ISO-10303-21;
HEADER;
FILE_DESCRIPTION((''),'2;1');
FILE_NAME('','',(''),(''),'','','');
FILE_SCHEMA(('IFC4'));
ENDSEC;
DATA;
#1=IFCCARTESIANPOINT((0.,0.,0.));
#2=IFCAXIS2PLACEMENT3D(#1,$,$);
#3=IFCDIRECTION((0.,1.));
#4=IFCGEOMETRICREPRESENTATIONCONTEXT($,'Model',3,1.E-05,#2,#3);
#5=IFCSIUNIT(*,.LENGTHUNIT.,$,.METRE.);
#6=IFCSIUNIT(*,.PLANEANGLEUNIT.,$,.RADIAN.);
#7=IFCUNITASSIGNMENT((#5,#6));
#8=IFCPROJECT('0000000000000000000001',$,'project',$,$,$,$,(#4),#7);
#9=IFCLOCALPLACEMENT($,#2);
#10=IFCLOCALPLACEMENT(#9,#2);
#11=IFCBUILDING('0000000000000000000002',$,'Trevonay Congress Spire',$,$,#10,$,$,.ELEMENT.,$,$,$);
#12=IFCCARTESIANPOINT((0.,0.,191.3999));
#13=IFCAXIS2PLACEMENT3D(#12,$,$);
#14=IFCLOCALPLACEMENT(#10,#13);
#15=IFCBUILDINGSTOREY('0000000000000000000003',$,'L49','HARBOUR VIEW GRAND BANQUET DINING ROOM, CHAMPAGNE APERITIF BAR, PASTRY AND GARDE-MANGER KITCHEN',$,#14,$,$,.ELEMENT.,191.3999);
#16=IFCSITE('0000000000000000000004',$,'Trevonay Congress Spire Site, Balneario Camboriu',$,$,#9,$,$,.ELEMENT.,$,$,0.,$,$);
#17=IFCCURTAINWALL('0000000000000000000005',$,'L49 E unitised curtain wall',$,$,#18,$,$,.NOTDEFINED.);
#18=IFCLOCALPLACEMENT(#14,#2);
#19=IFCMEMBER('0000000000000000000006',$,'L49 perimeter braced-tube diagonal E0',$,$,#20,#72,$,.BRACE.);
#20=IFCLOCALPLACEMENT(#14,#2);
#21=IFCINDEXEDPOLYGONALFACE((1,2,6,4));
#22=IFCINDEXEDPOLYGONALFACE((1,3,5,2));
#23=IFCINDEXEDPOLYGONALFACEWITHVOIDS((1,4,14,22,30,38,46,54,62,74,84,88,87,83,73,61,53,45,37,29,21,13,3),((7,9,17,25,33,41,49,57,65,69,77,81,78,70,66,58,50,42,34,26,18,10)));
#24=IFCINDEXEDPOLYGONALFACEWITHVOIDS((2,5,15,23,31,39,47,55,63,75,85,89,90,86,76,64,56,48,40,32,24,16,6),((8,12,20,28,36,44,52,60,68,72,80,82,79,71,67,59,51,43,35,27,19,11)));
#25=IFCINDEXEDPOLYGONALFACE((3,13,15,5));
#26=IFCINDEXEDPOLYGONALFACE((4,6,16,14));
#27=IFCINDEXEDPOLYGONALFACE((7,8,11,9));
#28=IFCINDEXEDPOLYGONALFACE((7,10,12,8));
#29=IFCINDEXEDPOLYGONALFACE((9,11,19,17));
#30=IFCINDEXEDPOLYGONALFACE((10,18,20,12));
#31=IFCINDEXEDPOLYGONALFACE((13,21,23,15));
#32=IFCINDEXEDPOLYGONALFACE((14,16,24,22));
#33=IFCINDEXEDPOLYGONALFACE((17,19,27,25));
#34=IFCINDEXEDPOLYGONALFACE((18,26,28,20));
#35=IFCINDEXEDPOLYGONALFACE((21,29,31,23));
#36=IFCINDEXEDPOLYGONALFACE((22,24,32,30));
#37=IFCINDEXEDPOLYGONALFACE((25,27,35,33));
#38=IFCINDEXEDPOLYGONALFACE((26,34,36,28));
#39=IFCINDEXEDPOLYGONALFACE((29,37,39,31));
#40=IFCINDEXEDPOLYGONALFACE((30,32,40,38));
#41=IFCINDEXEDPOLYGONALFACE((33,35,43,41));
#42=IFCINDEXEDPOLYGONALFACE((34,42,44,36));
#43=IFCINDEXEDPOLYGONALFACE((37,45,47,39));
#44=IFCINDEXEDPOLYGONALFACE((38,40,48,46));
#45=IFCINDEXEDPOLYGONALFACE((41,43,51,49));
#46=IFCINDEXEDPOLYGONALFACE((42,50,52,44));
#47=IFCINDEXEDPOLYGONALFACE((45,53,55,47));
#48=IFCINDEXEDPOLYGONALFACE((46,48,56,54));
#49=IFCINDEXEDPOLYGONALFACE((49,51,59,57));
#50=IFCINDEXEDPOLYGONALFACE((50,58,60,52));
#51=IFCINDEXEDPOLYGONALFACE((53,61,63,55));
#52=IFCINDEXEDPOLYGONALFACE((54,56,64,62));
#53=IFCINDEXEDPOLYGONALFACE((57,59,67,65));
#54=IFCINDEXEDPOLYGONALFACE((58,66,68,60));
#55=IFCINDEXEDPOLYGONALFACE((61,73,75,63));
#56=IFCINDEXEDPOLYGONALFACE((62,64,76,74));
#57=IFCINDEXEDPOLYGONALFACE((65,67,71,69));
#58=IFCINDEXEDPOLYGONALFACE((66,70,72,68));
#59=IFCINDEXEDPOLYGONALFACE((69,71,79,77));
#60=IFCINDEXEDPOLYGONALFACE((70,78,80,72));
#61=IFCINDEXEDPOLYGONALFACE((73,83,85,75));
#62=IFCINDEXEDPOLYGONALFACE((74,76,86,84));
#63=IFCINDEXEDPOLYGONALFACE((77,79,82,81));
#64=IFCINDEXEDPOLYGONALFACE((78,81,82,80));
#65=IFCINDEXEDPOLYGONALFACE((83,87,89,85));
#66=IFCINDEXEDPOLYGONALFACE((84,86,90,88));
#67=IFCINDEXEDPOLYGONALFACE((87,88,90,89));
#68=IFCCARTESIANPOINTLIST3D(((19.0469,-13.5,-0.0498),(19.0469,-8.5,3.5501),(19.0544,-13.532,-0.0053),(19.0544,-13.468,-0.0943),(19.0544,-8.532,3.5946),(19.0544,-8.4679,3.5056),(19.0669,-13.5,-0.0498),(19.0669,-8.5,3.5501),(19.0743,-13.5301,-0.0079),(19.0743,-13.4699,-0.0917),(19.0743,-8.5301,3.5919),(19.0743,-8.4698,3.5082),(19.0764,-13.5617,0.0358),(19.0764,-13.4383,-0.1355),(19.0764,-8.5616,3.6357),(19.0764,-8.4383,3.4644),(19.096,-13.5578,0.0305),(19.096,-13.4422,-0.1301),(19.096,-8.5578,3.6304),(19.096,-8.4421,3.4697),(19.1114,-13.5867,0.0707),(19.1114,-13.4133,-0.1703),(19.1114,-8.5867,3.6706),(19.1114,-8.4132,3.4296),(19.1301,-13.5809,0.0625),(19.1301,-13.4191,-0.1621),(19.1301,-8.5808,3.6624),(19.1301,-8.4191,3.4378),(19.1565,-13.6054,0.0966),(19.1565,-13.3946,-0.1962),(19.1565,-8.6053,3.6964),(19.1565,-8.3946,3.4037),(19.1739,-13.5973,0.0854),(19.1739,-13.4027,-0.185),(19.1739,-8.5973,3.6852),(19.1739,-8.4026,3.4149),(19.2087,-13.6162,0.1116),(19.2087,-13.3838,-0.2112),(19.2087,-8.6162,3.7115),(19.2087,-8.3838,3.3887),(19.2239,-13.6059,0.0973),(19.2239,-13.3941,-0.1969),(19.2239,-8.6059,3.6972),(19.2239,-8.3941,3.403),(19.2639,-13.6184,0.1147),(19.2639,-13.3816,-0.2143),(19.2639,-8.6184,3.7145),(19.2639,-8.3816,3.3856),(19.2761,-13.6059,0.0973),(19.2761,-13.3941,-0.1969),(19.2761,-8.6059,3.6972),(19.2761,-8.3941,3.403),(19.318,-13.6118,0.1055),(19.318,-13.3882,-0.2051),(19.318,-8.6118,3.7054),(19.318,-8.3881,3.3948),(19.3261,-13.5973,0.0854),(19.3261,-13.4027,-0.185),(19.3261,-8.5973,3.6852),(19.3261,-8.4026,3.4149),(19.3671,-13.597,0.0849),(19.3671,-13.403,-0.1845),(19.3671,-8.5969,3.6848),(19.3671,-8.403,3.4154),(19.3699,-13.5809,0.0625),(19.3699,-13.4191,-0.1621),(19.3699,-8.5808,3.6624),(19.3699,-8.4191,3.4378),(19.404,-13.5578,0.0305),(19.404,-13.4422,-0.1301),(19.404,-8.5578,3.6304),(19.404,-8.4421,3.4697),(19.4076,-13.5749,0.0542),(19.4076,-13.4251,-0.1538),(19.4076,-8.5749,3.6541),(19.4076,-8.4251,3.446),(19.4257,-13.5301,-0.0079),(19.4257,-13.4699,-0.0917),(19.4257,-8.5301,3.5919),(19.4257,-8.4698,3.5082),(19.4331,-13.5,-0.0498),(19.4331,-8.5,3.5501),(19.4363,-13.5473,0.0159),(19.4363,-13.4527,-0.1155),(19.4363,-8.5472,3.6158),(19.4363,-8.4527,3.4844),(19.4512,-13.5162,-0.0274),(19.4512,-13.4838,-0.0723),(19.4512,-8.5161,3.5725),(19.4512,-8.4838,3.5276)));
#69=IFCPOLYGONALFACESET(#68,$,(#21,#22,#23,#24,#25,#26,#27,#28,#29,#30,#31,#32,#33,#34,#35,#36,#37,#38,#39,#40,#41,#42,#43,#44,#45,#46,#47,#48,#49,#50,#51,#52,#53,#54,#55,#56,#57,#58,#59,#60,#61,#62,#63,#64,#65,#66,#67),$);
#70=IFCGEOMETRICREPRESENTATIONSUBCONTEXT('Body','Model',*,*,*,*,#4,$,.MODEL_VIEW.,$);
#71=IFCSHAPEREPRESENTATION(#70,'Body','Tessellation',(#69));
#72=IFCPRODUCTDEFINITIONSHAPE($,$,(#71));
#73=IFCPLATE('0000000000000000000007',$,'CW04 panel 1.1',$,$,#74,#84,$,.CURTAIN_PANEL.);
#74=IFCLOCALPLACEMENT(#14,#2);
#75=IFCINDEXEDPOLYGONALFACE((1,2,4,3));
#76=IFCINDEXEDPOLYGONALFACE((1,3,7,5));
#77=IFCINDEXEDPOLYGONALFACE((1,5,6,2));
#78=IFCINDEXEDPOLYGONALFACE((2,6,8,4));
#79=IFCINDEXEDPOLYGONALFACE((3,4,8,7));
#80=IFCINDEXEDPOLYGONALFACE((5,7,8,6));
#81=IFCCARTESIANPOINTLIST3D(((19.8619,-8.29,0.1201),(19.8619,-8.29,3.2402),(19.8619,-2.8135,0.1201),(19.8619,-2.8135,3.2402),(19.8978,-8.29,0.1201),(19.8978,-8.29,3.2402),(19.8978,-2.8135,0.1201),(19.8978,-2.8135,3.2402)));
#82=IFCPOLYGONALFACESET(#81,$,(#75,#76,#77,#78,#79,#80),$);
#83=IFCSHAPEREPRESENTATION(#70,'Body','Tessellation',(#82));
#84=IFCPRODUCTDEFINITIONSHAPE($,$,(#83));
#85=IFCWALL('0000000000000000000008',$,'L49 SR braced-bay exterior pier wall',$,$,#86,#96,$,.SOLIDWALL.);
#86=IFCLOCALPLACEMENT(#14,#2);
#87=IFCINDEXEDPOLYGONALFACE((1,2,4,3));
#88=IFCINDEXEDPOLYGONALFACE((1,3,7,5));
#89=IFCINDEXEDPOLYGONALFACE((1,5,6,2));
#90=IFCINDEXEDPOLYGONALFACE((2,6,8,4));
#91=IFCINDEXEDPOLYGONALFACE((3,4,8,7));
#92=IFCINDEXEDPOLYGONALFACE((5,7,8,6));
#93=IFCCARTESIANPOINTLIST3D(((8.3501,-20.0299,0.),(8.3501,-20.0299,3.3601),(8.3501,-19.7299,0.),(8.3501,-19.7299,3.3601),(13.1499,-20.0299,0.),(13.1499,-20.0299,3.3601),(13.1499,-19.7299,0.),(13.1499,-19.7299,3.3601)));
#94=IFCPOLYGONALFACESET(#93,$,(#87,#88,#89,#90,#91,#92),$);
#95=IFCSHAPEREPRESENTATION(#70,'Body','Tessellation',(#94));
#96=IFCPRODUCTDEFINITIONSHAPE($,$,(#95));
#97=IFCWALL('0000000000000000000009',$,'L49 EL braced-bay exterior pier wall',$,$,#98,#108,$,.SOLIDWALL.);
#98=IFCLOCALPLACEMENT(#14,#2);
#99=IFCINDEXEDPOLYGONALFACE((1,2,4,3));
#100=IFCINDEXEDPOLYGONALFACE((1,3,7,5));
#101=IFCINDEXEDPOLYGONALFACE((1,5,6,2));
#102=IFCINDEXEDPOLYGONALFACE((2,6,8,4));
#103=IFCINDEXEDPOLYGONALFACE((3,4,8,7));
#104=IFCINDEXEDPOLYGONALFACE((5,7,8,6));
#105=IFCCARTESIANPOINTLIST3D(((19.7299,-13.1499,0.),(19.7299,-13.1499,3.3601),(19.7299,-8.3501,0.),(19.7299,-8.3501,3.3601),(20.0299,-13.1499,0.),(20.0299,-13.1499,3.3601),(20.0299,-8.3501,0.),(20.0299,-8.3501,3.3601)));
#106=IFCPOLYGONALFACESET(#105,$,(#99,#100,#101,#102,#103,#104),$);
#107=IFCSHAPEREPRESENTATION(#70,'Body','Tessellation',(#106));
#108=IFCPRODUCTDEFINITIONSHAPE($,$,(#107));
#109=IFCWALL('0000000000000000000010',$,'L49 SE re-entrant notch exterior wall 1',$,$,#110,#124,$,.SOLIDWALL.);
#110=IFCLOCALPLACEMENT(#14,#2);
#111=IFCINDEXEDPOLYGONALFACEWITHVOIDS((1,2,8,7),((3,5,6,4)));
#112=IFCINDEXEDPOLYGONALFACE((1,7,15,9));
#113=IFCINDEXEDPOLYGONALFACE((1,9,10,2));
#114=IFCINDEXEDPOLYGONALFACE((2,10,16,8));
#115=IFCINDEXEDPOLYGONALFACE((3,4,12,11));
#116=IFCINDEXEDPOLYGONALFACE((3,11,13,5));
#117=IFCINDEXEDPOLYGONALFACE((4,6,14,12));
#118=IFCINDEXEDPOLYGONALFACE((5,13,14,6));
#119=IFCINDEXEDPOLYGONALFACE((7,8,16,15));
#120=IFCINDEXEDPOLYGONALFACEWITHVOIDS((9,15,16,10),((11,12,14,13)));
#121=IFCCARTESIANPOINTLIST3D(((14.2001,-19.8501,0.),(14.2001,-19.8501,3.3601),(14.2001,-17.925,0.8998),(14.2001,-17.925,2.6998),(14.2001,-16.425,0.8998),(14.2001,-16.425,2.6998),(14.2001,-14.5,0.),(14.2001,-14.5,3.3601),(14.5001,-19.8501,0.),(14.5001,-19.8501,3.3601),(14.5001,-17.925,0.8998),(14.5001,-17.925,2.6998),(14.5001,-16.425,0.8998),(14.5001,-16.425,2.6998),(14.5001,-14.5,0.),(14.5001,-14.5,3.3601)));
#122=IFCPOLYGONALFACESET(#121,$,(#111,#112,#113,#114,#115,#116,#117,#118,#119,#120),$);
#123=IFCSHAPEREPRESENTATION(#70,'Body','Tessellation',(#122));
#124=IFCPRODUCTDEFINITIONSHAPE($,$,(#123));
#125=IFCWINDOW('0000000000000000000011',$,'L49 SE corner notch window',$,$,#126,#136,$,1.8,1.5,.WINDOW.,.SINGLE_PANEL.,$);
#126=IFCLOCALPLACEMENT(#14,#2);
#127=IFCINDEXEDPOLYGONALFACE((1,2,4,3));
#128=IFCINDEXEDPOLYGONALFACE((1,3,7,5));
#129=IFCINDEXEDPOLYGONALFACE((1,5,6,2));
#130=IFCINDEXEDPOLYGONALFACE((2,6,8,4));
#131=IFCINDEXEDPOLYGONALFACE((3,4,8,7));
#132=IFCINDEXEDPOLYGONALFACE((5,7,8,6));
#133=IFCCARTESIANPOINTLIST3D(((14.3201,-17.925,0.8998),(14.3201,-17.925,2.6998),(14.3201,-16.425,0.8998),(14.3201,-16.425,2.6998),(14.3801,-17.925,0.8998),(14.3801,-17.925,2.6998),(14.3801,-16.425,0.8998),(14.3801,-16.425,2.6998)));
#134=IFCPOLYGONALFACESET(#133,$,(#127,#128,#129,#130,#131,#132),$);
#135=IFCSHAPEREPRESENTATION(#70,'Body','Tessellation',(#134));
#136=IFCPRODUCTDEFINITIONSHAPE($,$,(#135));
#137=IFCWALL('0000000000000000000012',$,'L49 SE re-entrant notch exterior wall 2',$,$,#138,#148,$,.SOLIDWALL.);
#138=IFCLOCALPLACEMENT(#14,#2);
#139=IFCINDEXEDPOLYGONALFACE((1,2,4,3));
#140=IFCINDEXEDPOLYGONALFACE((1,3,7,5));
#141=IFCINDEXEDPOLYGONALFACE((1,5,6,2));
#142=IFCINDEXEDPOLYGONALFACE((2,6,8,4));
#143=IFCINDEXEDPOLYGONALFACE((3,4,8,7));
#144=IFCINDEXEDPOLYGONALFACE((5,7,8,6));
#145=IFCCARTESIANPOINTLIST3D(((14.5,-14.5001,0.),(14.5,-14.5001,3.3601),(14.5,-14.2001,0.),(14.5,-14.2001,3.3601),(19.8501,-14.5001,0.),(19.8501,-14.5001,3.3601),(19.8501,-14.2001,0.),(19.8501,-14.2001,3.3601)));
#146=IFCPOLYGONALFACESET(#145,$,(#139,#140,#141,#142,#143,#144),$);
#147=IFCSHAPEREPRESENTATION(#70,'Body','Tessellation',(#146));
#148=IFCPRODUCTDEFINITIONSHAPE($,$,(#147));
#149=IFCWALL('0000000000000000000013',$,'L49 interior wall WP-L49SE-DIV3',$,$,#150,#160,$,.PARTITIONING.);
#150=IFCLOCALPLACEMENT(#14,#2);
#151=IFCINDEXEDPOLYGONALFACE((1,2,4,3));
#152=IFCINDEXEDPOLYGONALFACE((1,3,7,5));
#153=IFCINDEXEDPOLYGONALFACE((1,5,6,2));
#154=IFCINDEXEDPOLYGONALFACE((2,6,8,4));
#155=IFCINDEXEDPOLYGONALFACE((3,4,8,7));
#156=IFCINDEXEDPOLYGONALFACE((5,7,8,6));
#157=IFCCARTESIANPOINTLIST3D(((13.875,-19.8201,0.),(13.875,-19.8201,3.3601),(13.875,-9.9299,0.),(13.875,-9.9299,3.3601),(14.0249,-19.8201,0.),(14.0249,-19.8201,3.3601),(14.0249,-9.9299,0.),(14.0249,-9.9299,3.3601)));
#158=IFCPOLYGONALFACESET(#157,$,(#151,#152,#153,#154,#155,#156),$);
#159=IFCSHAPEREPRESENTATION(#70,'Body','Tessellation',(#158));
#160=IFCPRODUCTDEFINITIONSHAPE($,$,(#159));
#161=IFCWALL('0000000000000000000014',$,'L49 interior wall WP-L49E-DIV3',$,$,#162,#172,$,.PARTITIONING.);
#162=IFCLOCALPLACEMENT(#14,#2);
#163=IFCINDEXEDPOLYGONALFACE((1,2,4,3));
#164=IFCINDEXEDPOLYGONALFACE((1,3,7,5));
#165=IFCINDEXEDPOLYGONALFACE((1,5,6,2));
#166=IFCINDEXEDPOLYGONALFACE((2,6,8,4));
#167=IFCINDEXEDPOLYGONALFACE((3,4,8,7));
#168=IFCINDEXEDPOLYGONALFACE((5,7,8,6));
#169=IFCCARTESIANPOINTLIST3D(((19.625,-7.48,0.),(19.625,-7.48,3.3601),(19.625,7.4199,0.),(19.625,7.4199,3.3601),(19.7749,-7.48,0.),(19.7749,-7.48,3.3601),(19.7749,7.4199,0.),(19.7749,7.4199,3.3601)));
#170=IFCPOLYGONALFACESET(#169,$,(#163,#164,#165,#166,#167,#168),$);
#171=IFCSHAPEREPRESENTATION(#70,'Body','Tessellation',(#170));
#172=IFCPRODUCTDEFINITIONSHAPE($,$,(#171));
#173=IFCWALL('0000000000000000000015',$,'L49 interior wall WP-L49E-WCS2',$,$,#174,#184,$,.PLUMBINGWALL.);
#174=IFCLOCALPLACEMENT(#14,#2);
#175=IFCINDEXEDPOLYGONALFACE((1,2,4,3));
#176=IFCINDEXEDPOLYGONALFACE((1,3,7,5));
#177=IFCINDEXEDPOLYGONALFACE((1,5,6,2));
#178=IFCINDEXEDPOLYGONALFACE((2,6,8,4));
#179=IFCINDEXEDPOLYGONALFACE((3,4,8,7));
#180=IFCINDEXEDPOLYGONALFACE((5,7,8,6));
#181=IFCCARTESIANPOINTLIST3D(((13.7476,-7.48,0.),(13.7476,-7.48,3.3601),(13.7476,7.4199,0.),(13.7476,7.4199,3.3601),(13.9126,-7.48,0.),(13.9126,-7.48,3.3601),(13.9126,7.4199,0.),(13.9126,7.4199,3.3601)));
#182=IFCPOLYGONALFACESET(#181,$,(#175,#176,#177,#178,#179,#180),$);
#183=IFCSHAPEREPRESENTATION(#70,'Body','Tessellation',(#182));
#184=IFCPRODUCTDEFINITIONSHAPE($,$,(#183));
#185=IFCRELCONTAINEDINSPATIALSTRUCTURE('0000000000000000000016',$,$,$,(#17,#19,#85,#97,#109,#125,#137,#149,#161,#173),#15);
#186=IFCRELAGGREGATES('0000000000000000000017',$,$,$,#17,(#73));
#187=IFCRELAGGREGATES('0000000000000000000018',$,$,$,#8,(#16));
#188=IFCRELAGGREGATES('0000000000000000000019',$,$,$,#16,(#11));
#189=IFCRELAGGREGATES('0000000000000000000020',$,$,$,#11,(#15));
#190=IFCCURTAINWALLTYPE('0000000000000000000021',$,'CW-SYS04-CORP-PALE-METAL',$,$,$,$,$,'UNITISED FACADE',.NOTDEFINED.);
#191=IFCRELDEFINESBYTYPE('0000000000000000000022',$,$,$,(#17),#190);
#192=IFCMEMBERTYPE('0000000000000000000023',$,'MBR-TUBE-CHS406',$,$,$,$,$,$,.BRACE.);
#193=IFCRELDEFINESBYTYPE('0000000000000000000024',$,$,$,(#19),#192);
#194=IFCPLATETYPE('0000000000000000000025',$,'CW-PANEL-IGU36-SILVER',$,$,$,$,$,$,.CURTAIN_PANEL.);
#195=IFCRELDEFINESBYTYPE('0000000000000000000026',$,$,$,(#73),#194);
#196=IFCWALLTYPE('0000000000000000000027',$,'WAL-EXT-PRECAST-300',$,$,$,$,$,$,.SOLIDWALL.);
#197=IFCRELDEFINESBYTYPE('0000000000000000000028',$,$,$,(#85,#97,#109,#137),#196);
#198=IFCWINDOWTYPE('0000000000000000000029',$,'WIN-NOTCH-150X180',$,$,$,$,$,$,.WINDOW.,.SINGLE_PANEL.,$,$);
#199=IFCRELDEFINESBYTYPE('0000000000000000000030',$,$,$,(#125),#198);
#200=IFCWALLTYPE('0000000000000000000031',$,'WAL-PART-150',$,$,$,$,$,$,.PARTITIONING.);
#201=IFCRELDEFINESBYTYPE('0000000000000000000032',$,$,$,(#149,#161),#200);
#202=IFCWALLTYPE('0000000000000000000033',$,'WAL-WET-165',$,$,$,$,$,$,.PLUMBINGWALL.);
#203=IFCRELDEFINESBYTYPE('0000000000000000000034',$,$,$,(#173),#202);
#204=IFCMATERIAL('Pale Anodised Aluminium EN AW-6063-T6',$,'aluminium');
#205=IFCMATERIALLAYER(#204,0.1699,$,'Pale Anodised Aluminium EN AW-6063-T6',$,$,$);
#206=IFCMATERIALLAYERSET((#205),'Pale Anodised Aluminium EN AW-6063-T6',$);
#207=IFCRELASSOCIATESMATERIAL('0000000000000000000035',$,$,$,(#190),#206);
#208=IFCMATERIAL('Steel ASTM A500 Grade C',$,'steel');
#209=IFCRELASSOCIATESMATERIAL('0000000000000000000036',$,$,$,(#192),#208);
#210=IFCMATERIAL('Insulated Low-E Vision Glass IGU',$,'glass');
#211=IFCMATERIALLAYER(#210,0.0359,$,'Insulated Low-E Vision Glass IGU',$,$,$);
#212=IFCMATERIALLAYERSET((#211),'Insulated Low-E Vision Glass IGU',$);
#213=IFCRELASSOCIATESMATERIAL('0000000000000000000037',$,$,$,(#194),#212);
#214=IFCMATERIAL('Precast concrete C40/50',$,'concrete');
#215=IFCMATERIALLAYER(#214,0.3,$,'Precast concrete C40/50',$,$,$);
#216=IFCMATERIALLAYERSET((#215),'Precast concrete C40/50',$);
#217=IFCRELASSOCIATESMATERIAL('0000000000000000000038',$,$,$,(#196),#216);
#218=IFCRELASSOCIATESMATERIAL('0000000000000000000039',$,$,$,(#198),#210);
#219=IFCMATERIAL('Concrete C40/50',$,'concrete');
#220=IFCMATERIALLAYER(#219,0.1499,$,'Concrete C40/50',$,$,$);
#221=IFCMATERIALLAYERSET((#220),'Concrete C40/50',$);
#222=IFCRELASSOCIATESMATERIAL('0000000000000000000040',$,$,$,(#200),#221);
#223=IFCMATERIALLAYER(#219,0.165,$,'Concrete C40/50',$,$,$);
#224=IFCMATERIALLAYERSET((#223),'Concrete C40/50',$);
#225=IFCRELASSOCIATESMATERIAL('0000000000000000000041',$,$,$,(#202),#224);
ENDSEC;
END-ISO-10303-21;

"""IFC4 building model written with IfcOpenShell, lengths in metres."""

from ifc_helpers import new_model, si_unit, direction, frame, frame_2d, origin, origin_2d, place, context, subcontext, project, spatial, rectangle, hollow_circle, extrude, material, layer, layer_set, material_profile, profile_set, type_object, element, fill, aggregate, save


model = new_model("IFC4")

# Units and contexts
model_context = context("Model", 3, precision=1e-05, world=origin(), true_north=direction((0.0, 1.0)))
body_context = subcontext(model_context, "Body", "Model", "MODEL_VIEW")
ifc_project = project(units=[si_unit("LENGTHUNIT", "METRE"), si_unit("PLANEANGLEUNIT", "RADIAN")], contexts=[model_context])

# Site, building, storey
site_placement = place(None, origin())
site = spatial("IfcSite", under=ifc_project, at=site_placement, Name="Trevonay Congress Spire Site, Balneario Camboriu", CompositionType="ELEMENT", RefElevation=0.0)
building_placement = place(site_placement, origin())
building = spatial("IfcBuilding", under=site, at=building_placement, Name="Trevonay Congress Spire", CompositionType="ELEMENT")
storey_placement = place(building_placement, frame((0.0, 0.0, 191.3999)))
storey = spatial("IfcBuildingStorey", under=building, at=storey_placement, Name="L49", Description="HARBOUR VIEW GRAND BANQUET DINING ROOM, CHAMPAGNE APERITIF BAR, PASTRY AND GARDE-MANGER KITCHEN", CompositionType="ELEMENT", Elevation=191.3999)

# Curtain wall
ifc_material_1 = material(Name="Pale Anodised Aluminium EN AW-6063-T6", Category="aluminium")
ifc_layer_1 = layer(ifc_material_1, 0.1699, Name="Pale Anodised Aluminium EN AW-6063-T6")
ifc_layer_set_1 = layer_set([ifc_layer_1], Name="Pale Anodised Aluminium EN AW-6063-T6")
curtain_wall_type = type_object("IfcCurtainWallType", Name="CW-SYS04-CORP-PALE-METAL", ElementType="UNITISED FACADE", PredefinedType="NOTDEFINED", material=ifc_layer_set_1)
curtain_wall_placement = place(storey_placement, origin())
curtain_wall = element("IfcCurtainWall", 1, at=curtain_wall_placement, inside=storey, type_object=curtain_wall_type, Name="L49 E unitised curtain wall", PredefinedType="NOTDEFINED")

# Member
ifc_material_2 = material(Name="Steel ASTM A500 Grade C", Category="steel")
ifc_material_profile_1 = material_profile(ifc_material_2, hollow_circle(Radius=0.2031, WallThickness=0.02, at=origin_2d()), Name="CHS 406.4x20")
ifc_profile_set_1 = profile_set([ifc_material_profile_1], Name="Steel ASTM A500 Grade C")
member_type_1 = type_object("IfcMemberType", Name="MBR-TUBE-CHS406", PredefinedType="BRACE", material=ifc_profile_set_1)
for number, where, z_axis, x_axis, name in (
    (2, (19.25, -13.5, -0.0498), (0.0, 0.811546, 0.584289), (-1.0, 0.0, 0.0), "L49 perimeter braced-tube diagonal E0"),
):
    element("IfcMember", number, at=place(storey_placement, frame(where, z_axis=z_axis, x_axis=x_axis)), inside=storey, type_object=member_type_1, Name=name, PredefinedType="BRACE", context=body_context, shape_type="SweptSolid", body=[
        extrude(hollow_circle(Radius=0.2031, WallThickness=0.02, at=origin_2d()), origin(), (0.0, 0.0, 1.0), 6.1611),
    ])

# Plate
ifc_material_3 = material(Name="Insulated Low-E Vision Glass IGU", Category="glass")
ifc_layer_2 = layer(ifc_material_3, 0.0359, Name="Insulated Low-E Vision Glass IGU")
ifc_layer_set_2 = layer_set([ifc_layer_2], Name="Insulated Low-E Vision Glass IGU")
plate_type = type_object("IfcPlateType", Name="CW-PANEL-IGU36-SILVER", PredefinedType="CURTAIN_PANEL", material=ifc_layer_set_2)
plate_placement = place(storey_placement, frame((19.8799, -5.5518, 0.1201), z_axis=(0.0, 0.0, 1.0), x_axis=(0.0, 1.0, 0.0)))
plate = element("IfcPlate", 3, at=plate_placement, type_object=plate_type, Name="CW04 panel 1.1", PredefinedType="CURTAIN_PANEL", context=body_context, shape_type="SweptSolid", body=[
    extrude(rectangle(XDim=5.4766, YDim=0.0359, at=origin_2d()), origin(), (0.0, 0.0, 1.0), 3.1201),
])
aggregate(curtain_wall, [plate])

# Walls
ifc_material_4 = material(Name="Precast concrete C40/50", Category="concrete")
ifc_layer_3 = layer(ifc_material_4, 0.3, Name="Precast concrete C40/50")
ifc_layer_set_3 = layer_set([ifc_layer_3], Name="Precast concrete C40/50")
wall_type_1 = type_object("IfcWallType", Name="WAL-EXT-PRECAST-300", PredefinedType="SOLIDWALL", material=ifc_layer_set_3)
for number, where, z_axis, x_axis, name in (
    (4, (8.3501, -19.8799, 0.0), (0.0, 0.0, 1.0), (1.0, 0.0, 0.0), "L49 SR braced-bay exterior pier wall"),
    (5, (19.8799, -13.1499, 0.0), (0.0, 0.0, 1.0), (0.0, 1.0, 0.0), "L49 EL braced-bay exterior pier wall"),
):
    element("IfcWall", number, at=place(storey_placement, frame(where, z_axis=z_axis, x_axis=x_axis)), inside=storey, type_object=wall_type_1, Name=name, PredefinedType="SOLIDWALL", context=body_context, shape_type="SweptSolid", body=[
        extrude(rectangle(XDim=4.7998, YDim=0.3, at=frame_2d((2.3999, 0.0))), origin(), (0.0, 0.0, 1.0), 3.3601),
    ])

# Wall, opening, window
wall_1_placement = place(storey_placement, frame((14.3501, -19.8501, 0.0), z_axis=(0.0, 0.0, 1.0), x_axis=(0.0, 1.0, 0.0)))
wall_1 = element("IfcWall", 6, at=wall_1_placement, inside=storey, type_object=wall_type_1, Name="L49 SE re-entrant notch exterior wall 1", PredefinedType="SOLIDWALL", context=body_context, shape_type="SweptSolid", body=[
    extrude(rectangle(XDim=5.3501, YDim=0.3, at=frame_2d((2.675, 0.0))), origin(), (0.0, 0.0, 1.0), 3.3601),
])
opening_placement = place(wall_1_placement, frame((1.925, 0.0, 0.8999)))
opening = element("IfcOpeningElement", 7, at=opening_placement, cuts=wall_1, PredefinedType="OPENING", context=body_context, shape_type="SweptSolid", body=[
    extrude(rectangle(XDim=1.5, YDim=1.8, at=frame_2d((0.75, 0.8999))), frame((0.0, 0.1602, 0.0), z_axis=(0.0, -1.0, 0.0), x_axis=(1.0, 0.0, 0.0)), (0.0, 0.0, 1.0), 0.3201),
])
window_type = type_object("IfcWindowType", Name="WIN-NOTCH-150X180", PartitioningType="SINGLE_PANEL", PredefinedType="WINDOW", material=ifc_material_3)
window_placement = place(opening_placement, origin())
window = element("IfcWindow", 8, at=window_placement, inside=storey, type_object=window_type, Name="L49 SE corner notch window", OverallHeight=1.8, OverallWidth=1.5, PartitioningType="SINGLE_PANEL", PredefinedType="WINDOW", context=body_context, shape_type="SweptSolid", body=[
    extrude(rectangle(XDim=1.5, YDim=1.8, at=frame_2d((0.75, 0.8999))), frame((0.0, 0.03, 0.0), z_axis=(0.0, -1.0, 0.0), x_axis=(1.0, 0.0, 0.0)), (0.0, 0.0, 1.0), 0.0601),
])
fill(opening, window)

# Walls
wall_2_placement = place(storey_placement, frame((19.8501, -14.3501, 0.0), z_axis=(0.0, 0.0, 1.0), x_axis=(-1.0, 0.0, 0.0)))
element("IfcWall", 9, at=wall_2_placement, inside=storey, type_object=wall_type_1, Name="L49 SE re-entrant notch exterior wall 2", PredefinedType="SOLIDWALL", context=body_context, shape_type="SweptSolid", body=[
    extrude(rectangle(XDim=5.3501, YDim=0.3, at=frame_2d((2.675, 0.0))), origin(), (0.0, 0.0, 1.0), 3.3601),
])
ifc_material_5 = material(Name="Concrete C40/50", Category="concrete")
ifc_layer_4 = layer(ifc_material_5, 0.1499, Name="Concrete C40/50")
ifc_layer_set_4 = layer_set([ifc_layer_4], Name="Concrete C40/50")
wall_type_2 = type_object("IfcWallType", Name="WAL-PART-150", PredefinedType="PARTITIONING", material=ifc_layer_set_4)
wall_3_placement = place(storey_placement, frame((13.95, -19.8201, 0.0), z_axis=(0.0, 0.0, 1.0), x_axis=(0.0, 1.0, 0.0)))
element("IfcWall", 10, at=wall_3_placement, inside=storey, type_object=wall_type_2, Name="L49 interior wall WP-L49SE-DIV3", PredefinedType="PARTITIONING", context=body_context, shape_type="SweptSolid", body=[
    extrude(rectangle(XDim=9.8901, YDim=0.1499, at=frame_2d((4.9451, 0.0))), origin(), (0.0, 0.0, 1.0), 3.3601),
])
wall_4_placement = place(storey_placement, frame((19.7, -7.48, 0.0), z_axis=(0.0, 0.0, 1.0), x_axis=(0.0, 1.0, 0.0)))
element("IfcWall", 11, at=wall_4_placement, inside=storey, type_object=wall_type_2, Name="L49 interior wall WP-L49E-DIV3", PredefinedType="PARTITIONING", context=body_context, shape_type="SweptSolid", body=[
    extrude(rectangle(XDim=14.8999, YDim=0.1499, at=frame_2d((7.45, 0.0))), origin(), (0.0, 0.0, 1.0), 3.3601),
])
ifc_layer_5 = layer(ifc_material_5, 0.165, Name="Concrete C40/50")
ifc_layer_set_5 = layer_set([ifc_layer_5], Name="Concrete C40/50")
wall_type_3 = type_object("IfcWallType", Name="WAL-WET-165", PredefinedType="PLUMBINGWALL", material=ifc_layer_set_5)
for number, where, z_axis, x_axis, name in (
    (12, (13.8301, -7.48, 0.0), (0.0, 0.0, 1.0), (0.0, 1.0, 0.0), "L49 interior wall WP-L49E-WCS2"),
):
    element("IfcWall", number, at=place(storey_placement, frame(where, z_axis=z_axis, x_axis=x_axis)), inside=storey, type_object=wall_type_3, Name=name, PredefinedType="PLUMBINGWALL", context=body_context, shape_type="SweptSolid", body=[
        extrude(rectangle(XDim=14.8999, YDim=0.165, at=frame_2d((7.45, 0.0))), origin(), (0.0, 0.0, 1.0), 3.3601),
    ])

save(model, "model.ifc")
